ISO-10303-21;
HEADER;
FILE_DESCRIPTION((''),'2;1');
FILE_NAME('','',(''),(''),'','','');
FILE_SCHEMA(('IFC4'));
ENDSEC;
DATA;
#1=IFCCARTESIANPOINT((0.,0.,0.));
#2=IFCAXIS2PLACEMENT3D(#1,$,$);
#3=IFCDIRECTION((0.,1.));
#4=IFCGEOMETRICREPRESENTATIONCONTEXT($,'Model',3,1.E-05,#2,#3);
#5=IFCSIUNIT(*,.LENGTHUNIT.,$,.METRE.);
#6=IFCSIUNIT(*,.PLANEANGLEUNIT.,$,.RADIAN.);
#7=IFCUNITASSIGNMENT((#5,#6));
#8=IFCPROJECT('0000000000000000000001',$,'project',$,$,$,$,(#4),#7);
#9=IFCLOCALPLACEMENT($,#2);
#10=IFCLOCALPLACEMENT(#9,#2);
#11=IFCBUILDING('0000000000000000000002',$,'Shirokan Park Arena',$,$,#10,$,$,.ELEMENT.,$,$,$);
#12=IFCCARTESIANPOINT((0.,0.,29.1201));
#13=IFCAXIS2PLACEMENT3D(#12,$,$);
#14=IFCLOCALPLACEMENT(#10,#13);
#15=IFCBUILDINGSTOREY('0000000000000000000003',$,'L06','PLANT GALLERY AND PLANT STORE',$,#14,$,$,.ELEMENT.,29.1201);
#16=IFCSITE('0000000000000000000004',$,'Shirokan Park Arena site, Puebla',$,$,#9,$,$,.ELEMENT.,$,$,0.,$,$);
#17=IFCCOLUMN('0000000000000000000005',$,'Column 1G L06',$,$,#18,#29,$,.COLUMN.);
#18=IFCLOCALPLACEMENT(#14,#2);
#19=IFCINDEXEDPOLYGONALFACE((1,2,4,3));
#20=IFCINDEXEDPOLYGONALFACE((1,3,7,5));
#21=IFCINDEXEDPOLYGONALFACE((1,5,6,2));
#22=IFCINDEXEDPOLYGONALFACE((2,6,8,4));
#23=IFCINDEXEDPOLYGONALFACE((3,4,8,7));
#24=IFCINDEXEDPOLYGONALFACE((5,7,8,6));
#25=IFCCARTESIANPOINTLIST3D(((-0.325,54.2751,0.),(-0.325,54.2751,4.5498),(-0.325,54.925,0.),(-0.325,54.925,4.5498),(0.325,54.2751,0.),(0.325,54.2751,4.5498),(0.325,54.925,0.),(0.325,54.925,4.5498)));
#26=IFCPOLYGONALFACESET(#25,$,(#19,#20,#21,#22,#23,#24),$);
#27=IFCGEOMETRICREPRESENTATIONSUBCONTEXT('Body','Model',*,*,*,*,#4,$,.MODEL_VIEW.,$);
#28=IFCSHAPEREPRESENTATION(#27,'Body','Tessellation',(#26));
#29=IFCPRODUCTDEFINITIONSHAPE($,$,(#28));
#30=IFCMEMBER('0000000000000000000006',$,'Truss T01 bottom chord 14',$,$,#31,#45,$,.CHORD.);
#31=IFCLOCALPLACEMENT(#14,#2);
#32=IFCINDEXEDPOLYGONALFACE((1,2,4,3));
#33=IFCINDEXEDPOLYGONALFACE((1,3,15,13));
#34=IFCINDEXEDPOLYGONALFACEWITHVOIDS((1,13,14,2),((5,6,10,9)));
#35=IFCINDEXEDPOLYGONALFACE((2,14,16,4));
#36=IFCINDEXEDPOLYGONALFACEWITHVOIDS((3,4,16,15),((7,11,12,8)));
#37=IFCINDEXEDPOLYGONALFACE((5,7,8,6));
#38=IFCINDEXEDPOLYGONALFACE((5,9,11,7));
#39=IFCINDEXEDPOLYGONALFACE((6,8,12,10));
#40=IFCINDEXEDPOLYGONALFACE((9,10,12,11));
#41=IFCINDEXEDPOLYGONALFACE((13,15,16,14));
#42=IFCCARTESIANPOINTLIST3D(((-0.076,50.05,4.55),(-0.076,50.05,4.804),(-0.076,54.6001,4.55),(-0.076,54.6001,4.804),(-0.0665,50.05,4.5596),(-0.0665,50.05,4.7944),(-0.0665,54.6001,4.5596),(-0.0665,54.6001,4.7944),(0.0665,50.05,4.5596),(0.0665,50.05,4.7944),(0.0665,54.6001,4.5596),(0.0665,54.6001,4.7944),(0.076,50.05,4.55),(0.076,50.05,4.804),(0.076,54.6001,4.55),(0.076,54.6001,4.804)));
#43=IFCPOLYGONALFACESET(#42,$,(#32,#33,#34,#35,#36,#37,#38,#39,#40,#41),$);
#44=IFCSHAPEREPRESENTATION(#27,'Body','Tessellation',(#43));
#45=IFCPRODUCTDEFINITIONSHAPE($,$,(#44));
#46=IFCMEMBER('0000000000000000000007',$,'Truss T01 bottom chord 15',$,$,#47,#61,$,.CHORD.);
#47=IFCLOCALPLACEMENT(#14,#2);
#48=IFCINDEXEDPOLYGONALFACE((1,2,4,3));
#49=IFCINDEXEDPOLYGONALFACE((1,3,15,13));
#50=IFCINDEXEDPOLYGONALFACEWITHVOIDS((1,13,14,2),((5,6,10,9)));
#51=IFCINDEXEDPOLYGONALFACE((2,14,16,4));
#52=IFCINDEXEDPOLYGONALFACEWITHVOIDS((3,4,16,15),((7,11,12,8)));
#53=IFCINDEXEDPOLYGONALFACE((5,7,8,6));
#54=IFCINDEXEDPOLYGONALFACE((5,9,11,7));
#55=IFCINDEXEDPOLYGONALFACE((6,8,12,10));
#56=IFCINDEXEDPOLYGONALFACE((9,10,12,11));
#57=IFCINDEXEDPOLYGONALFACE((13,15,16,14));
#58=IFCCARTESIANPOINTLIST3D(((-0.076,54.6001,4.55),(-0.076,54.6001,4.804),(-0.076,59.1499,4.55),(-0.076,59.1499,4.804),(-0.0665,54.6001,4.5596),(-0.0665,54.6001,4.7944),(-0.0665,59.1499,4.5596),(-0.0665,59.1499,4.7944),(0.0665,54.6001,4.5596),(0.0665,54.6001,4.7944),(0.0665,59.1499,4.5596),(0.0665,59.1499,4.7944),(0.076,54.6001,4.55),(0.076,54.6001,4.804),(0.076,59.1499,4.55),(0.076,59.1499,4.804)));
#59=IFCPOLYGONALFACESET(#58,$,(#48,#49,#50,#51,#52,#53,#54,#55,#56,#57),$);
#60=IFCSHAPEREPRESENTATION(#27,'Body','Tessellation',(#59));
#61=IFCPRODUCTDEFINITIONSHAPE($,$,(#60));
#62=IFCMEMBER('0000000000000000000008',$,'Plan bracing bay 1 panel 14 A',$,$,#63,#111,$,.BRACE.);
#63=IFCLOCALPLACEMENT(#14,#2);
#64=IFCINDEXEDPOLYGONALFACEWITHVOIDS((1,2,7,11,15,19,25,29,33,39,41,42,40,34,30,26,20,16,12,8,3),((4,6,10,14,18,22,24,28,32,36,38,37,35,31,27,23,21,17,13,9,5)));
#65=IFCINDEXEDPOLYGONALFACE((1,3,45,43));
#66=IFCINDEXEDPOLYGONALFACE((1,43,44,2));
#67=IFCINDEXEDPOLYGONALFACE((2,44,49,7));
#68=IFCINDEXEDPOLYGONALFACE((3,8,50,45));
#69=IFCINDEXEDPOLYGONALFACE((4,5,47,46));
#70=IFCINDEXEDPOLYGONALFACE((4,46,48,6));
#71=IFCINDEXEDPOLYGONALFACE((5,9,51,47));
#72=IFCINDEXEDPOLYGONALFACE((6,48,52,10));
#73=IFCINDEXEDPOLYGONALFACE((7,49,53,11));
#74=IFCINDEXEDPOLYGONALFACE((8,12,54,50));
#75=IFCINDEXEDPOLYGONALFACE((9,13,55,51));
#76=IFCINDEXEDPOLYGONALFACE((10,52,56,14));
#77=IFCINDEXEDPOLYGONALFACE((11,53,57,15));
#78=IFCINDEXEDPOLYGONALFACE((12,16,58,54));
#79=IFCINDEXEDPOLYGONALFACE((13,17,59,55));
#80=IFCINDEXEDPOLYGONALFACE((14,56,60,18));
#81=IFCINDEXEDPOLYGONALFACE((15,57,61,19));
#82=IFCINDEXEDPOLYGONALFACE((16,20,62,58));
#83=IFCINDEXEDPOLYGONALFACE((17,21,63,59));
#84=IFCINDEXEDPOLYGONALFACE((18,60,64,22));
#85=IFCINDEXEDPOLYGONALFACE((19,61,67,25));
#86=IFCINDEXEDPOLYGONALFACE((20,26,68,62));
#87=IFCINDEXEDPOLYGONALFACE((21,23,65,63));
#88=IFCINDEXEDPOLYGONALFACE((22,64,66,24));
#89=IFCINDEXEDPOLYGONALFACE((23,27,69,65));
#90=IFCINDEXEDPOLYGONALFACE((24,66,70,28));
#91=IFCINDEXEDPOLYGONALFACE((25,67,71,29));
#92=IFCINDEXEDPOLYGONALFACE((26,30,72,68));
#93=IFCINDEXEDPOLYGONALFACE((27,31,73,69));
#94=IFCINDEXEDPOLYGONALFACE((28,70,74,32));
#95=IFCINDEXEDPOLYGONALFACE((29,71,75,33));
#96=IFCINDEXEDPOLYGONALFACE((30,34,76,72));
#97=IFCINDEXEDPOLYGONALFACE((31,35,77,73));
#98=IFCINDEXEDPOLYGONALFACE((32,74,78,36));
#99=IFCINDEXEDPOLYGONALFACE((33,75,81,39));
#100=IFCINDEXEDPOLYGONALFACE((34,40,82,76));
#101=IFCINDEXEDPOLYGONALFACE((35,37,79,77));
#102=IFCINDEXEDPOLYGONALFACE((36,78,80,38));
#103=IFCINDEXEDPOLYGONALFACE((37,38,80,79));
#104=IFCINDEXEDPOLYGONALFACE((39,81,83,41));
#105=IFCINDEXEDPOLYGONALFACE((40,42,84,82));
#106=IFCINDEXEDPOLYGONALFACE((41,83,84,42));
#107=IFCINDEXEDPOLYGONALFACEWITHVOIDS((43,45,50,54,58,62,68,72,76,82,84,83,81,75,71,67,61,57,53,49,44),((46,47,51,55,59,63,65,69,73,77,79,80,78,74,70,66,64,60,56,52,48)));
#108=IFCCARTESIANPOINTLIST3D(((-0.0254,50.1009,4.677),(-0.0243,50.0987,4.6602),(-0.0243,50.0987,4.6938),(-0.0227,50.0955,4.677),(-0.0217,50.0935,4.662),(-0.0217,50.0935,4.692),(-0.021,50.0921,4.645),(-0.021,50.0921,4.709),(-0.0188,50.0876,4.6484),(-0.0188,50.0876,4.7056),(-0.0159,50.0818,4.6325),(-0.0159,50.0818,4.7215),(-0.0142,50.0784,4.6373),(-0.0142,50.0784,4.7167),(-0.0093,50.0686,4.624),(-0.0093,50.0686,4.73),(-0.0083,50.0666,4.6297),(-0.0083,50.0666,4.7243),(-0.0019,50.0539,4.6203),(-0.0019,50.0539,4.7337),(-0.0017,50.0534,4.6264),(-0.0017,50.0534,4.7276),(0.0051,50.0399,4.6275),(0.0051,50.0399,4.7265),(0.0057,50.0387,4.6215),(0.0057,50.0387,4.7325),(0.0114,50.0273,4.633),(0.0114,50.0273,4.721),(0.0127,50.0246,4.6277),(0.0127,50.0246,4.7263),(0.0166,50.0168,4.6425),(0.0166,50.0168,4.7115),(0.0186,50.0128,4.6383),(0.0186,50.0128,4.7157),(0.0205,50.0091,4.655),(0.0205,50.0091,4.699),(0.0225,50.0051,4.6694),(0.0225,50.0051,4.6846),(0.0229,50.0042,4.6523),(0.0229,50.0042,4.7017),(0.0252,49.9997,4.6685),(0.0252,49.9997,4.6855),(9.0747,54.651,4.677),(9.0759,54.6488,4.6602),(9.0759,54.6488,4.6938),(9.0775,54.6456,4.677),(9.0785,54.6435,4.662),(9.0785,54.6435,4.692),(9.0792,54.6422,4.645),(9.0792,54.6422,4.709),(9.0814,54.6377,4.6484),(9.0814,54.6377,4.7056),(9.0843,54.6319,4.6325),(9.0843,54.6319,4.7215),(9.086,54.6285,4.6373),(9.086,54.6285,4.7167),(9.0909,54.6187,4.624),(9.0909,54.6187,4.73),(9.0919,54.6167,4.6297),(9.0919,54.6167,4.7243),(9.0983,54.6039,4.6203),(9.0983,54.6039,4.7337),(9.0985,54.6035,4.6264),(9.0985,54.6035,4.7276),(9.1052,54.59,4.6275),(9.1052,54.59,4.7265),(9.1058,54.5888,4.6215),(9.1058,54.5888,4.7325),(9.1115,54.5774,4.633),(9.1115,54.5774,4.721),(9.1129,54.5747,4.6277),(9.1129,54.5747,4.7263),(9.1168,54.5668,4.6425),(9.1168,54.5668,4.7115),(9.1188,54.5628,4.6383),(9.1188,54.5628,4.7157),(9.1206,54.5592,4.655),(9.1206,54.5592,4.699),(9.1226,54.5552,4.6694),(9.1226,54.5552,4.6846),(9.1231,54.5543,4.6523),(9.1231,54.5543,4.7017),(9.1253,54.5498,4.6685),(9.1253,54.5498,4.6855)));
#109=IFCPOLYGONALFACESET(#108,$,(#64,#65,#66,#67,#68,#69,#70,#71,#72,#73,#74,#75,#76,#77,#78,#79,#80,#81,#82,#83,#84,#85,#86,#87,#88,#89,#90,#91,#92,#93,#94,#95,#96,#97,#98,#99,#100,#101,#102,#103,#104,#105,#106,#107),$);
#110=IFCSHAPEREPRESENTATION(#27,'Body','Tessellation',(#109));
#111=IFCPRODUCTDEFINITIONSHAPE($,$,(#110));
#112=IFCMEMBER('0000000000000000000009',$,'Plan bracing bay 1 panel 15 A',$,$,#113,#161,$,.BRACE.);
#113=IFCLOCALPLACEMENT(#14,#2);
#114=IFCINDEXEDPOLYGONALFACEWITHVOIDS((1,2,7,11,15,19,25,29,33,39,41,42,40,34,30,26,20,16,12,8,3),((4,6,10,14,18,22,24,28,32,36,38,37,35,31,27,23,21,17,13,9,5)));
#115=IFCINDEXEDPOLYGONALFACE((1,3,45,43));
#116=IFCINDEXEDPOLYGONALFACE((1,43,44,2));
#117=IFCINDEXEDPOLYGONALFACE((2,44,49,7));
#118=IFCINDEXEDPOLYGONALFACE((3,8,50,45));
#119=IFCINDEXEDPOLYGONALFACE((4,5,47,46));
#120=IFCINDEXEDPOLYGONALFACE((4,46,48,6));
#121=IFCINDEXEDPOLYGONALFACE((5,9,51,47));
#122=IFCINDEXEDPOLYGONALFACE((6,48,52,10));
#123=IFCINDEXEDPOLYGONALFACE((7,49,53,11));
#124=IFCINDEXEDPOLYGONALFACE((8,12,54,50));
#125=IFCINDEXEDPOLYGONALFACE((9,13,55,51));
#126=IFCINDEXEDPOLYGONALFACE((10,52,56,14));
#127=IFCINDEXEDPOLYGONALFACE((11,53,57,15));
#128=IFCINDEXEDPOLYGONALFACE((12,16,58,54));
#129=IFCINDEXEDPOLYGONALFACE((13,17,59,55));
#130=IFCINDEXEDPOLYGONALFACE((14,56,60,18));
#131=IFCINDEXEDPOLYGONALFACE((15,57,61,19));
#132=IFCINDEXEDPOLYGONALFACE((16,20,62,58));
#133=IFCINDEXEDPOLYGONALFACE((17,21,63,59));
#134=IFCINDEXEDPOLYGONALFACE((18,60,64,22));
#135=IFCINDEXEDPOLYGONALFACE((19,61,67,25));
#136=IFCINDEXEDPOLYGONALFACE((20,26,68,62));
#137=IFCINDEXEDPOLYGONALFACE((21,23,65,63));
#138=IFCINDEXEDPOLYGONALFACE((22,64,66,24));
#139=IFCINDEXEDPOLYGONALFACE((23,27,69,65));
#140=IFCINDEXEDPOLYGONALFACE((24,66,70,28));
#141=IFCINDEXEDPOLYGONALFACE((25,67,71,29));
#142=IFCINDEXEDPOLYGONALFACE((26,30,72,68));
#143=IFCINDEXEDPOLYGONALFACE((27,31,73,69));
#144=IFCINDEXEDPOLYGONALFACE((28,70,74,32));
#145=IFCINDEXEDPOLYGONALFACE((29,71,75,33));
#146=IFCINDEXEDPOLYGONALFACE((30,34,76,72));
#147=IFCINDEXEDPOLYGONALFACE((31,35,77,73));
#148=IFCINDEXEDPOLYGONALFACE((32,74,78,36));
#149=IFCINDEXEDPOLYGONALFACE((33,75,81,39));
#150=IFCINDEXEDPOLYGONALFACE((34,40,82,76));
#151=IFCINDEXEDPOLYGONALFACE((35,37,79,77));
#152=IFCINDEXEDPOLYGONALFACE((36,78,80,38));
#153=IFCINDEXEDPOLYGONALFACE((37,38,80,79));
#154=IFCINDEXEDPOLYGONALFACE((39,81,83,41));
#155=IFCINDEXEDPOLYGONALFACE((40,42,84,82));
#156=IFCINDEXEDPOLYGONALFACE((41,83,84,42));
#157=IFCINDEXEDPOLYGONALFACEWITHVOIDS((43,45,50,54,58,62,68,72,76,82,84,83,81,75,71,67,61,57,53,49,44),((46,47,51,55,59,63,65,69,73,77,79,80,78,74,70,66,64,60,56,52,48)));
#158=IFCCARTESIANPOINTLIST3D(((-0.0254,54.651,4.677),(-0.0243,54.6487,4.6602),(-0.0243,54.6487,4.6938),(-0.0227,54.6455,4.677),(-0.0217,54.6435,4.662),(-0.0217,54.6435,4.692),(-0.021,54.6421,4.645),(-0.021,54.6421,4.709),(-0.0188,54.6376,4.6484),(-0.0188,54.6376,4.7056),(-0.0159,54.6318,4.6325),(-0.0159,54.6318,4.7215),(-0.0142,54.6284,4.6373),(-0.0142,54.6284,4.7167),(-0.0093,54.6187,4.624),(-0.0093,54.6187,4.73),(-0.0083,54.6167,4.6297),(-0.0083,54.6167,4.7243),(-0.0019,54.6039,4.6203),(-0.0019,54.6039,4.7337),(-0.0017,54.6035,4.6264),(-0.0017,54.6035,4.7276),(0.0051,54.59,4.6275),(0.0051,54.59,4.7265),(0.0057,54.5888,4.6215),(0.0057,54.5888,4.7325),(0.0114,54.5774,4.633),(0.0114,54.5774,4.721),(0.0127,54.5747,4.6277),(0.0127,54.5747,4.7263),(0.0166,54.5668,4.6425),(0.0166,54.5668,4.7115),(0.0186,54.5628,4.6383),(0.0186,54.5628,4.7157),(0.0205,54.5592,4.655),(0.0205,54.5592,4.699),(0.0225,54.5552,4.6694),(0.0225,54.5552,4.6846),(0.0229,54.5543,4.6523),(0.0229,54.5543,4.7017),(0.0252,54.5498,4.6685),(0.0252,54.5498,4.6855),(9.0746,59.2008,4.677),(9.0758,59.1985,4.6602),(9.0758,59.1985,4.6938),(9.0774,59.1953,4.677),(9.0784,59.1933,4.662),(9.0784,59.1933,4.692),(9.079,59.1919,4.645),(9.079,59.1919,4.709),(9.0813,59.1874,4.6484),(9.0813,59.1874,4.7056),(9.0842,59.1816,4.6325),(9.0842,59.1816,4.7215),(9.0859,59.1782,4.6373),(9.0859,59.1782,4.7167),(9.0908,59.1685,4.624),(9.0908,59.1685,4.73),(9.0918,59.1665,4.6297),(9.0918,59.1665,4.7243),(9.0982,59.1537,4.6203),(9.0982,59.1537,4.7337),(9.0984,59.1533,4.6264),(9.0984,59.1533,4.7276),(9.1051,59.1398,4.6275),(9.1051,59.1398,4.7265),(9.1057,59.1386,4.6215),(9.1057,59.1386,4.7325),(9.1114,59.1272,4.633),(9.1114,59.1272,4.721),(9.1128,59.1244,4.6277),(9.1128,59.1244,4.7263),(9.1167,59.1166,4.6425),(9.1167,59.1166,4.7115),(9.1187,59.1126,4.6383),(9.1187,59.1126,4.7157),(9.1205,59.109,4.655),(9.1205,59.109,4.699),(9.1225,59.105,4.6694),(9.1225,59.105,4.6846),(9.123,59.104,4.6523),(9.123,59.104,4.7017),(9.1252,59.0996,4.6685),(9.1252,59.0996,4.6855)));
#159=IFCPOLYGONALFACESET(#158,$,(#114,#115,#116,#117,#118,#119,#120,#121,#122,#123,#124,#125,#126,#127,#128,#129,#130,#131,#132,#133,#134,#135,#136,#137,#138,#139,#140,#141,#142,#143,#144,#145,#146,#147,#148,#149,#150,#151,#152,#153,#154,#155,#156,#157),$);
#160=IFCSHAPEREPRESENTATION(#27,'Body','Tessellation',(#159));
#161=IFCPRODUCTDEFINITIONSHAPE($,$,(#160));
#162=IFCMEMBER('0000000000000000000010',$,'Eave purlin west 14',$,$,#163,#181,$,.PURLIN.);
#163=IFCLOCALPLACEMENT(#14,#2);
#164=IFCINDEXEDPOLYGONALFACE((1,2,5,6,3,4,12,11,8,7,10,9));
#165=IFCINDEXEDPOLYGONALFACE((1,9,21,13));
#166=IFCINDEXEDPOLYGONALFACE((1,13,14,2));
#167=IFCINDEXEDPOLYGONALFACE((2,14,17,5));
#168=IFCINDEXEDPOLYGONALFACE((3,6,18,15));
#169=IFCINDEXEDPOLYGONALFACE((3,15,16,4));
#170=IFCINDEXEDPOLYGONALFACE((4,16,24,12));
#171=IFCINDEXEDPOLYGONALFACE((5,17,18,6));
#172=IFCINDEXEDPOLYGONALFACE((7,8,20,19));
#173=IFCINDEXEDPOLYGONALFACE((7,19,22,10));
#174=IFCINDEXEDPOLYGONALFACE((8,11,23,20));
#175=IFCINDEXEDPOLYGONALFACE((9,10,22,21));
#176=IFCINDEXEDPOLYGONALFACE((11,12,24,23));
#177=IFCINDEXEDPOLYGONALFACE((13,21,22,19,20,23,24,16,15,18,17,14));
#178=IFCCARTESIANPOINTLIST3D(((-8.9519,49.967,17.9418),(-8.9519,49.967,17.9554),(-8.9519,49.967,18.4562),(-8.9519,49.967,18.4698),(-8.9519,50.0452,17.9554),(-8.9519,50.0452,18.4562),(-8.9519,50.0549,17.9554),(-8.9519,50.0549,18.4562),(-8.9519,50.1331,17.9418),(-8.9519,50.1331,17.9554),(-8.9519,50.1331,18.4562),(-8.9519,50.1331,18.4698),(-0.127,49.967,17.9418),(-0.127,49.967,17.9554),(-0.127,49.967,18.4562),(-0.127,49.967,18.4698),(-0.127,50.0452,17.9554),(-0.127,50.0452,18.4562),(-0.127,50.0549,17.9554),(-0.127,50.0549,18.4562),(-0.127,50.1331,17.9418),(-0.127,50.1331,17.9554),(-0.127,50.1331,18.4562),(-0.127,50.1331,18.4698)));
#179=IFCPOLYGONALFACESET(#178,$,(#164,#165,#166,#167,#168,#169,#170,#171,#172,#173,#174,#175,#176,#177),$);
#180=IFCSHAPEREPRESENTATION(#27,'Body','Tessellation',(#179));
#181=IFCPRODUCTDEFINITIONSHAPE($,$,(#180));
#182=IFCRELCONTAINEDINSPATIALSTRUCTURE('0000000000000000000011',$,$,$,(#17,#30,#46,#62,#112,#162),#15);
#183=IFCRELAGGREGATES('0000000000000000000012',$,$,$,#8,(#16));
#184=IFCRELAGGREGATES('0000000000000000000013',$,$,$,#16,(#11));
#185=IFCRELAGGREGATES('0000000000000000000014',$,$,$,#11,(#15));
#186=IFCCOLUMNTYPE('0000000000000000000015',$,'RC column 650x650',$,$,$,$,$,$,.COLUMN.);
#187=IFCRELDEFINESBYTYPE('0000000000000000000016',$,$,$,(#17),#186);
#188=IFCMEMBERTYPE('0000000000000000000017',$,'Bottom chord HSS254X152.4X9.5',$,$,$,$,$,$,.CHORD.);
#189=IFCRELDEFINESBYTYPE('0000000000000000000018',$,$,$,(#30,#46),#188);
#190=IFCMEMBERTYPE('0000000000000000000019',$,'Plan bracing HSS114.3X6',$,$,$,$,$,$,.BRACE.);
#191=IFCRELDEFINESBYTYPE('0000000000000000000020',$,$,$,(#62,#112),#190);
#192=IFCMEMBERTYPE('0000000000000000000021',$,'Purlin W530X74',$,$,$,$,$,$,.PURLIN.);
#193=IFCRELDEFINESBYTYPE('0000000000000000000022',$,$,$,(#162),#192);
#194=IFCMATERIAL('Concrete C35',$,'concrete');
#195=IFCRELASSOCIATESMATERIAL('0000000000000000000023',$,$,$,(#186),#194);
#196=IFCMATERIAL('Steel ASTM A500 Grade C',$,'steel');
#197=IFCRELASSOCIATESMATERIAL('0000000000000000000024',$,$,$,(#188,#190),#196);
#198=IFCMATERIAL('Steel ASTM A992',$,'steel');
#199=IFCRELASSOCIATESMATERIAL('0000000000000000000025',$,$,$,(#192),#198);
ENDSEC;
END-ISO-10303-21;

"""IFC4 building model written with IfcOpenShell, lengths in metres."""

from ifc_helpers import new_model, si_unit, direction, frame, origin, origin_2d, place, context, subcontext, project, spatial, rectangle, hollow_rectangle, hollow_circle, i_section, extrude, material, material_profile, profile_set, type_object, element, save


model = new_model("IFC4")

# Units and contexts
model_context = context("Model", 3, precision=1e-05, world=origin(), true_north=direction((0.0, 1.0)))
body_context = subcontext(model_context, "Body", "Model", "MODEL_VIEW")
ifc_project = project(units=[si_unit("LENGTHUNIT", "METRE"), si_unit("PLANEANGLEUNIT", "RADIAN")], contexts=[model_context])

# Site, building, storey
site_placement = place(None, origin())
site = spatial("IfcSite", under=ifc_project, at=site_placement, Name="Shirokan Park Arena site, Puebla", CompositionType="ELEMENT", RefElevation=0.0)
building_placement = place(site_placement, origin())
building = spatial("IfcBuilding", under=site, at=building_placement, Name="Shirokan Park Arena", CompositionType="ELEMENT")
storey_placement = place(building_placement, frame((0.0, 0.0, 29.1201)))
storey = spatial("IfcBuildingStorey", under=building, at=storey_placement, Name="L06", Description="PLANT GALLERY AND PLANT STORE", CompositionType="ELEMENT", Elevation=29.1201)

# Column
ifc_material_1 = material(Name="Concrete C35", Category="concrete")
ifc_material_profile_1 = material_profile(ifc_material_1, rectangle(XDim=0.6499, YDim=0.6499, at=origin_2d()), Name="650x650")
ifc_profile_set_1 = profile_set([ifc_material_profile_1], Name="Concrete C35")
column_type = type_object("IfcColumnType", Name="RC column 650x650", PredefinedType="COLUMN", material=ifc_profile_set_1)
column_placement = place(storey_placement, frame((0.0, 54.6001, 0.0), z_axis=(0.0, 0.0, 1.0), x_axis=(1.0, 0.0, 0.0)))
element("IfcColumn", 1, at=column_placement, inside=storey, type_object=column_type, Name="Column 1G L06", PredefinedType="COLUMN", context=body_context, shape_type="SweptSolid", body=[
    extrude(rectangle(XDim=0.6499, YDim=0.6499, at=origin_2d()), origin(), (0.0, 0.0, 1.0), 4.5498),
])

# Members
ifc_material_2 = material(Name="Steel ASTM A500 Grade C", Category="steel")
ifc_material_profile_2 = material_profile(ifc_material_2, hollow_rectangle(XDim=0.1521, YDim=0.2539, WallThickness=0.0095, at=origin_2d()), Name="HSS254X152.4X9.5")
ifc_profile_set_2 = profile_set([ifc_material_profile_2], Name="Steel ASTM A500 Grade C")
member_type_1 = type_object("IfcMemberType", Name="Bottom chord HSS254X152.4X9.5", PredefinedType="CHORD", material=ifc_profile_set_2)
member_1_placement = place(storey_placement, frame((0.0, 50.05, 4.677), z_axis=(0.0, 1.0, 0.0), x_axis=(-1.0, 0.0, 0.0)))
element("IfcMember", 2, at=member_1_placement, inside=storey, type_object=member_type_1, Name="Truss T01 bottom chord 14", PredefinedType="CHORD", context=body_context, shape_type="SweptSolid", body=[
    extrude(hollow_rectangle(XDim=0.1521, YDim=0.2539, WallThickness=0.0095, at=origin_2d()), origin(), (0.0, 0.0, 1.0), 4.55),
])
member_2_placement = place(storey_placement, frame((0.0, 54.6001, 4.677), z_axis=(0.0, 1.0, 0.0), x_axis=(-1.0, 0.0, 0.0)))
element("IfcMember", 3, at=member_2_placement, inside=storey, type_object=member_type_1, Name="Truss T01 bottom chord 15", PredefinedType="CHORD", context=body_context, shape_type="SweptSolid", body=[
    extrude(hollow_rectangle(XDim=0.1521, YDim=0.2539, WallThickness=0.0095, at=origin_2d()), origin(), (0.0, 0.0, 1.0), 4.5498),
])
ifc_material_profile_3 = material_profile(ifc_material_2, hollow_circle(Radius=0.0569, WallThickness=0.0061, at=origin_2d()), Name="HSS114.3X6")
ifc_profile_set_3 = profile_set([ifc_material_profile_3], Name="Steel ASTM A500 Grade C")
member_type_2 = type_object("IfcMemberType", Name="Plan bracing HSS114.3X6", PredefinedType="BRACE", material=ifc_profile_set_3)
member_3_placement = place(storey_placement, frame((0.0, 50.05, 4.677), z_axis=(0.894427, 0.447214, 0.0), x_axis=(-0.447214, 0.894427, 0.0)))
element("IfcMember", 4, at=member_3_placement, inside=storey, type_object=member_type_2, Name="Plan bracing bay 1 panel 14 A", PredefinedType="BRACE", context=body_context, shape_type="SweptSolid", body=[
    extrude(hollow_circle(Radius=0.0569, WallThickness=0.0061, at=origin_2d()), origin(), (0.0, 0.0, 1.0), 10.1743),
])
member_4_placement = place(storey_placement, frame((0.0, 54.6001, 4.677), z_axis=(0.894437, 0.447194, 0.0), x_axis=(-0.447194, 0.894437, 0.0)))
element("IfcMember", 5, at=member_4_placement, inside=storey, type_object=member_type_2, Name="Plan bracing bay 1 panel 15 A", PredefinedType="BRACE", context=body_context, shape_type="SweptSolid", body=[
    extrude(hollow_circle(Radius=0.0569, WallThickness=0.0061, at=origin_2d()), origin(), (0.0, 0.0, 1.0), 10.1741),
])
ifc_material_3 = material(Name="Steel ASTM A992", Category="steel")
ifc_material_profile_4 = material_profile(ifc_material_3, i_section(OverallWidth=0.166, OverallDepth=0.5281, WebThickness=0.0098, FlangeThickness=0.0137, at=origin_2d()), Name="W530X74")
ifc_profile_set_4 = profile_set([ifc_material_profile_4], Name="Steel ASTM A992")
member_type_3 = type_object("IfcMemberType", Name="Purlin W530X74", PredefinedType="PURLIN", material=ifc_profile_set_4)
for number, where, z_axis, x_axis, name in (
    (6, (-8.9519, 50.05, 18.2058), (1.0, 0.0, 0.0), (0.0, 1.0, 0.0), "Eave purlin west 14"),
):
    element("IfcMember", number, at=place(storey_placement, frame(where, z_axis=z_axis, x_axis=x_axis)), inside=storey, type_object=member_type_3, Name=name, PredefinedType="PURLIN", context=body_context, shape_type="SweptSolid", body=[
        extrude(i_section(OverallWidth=0.166, OverallDepth=0.5281, WebThickness=0.0098, FlangeThickness=0.0137, at=origin_2d()), origin(), (0.0, 0.0, 1.0), 8.825),
    ])

save(model, "model.ifc")
